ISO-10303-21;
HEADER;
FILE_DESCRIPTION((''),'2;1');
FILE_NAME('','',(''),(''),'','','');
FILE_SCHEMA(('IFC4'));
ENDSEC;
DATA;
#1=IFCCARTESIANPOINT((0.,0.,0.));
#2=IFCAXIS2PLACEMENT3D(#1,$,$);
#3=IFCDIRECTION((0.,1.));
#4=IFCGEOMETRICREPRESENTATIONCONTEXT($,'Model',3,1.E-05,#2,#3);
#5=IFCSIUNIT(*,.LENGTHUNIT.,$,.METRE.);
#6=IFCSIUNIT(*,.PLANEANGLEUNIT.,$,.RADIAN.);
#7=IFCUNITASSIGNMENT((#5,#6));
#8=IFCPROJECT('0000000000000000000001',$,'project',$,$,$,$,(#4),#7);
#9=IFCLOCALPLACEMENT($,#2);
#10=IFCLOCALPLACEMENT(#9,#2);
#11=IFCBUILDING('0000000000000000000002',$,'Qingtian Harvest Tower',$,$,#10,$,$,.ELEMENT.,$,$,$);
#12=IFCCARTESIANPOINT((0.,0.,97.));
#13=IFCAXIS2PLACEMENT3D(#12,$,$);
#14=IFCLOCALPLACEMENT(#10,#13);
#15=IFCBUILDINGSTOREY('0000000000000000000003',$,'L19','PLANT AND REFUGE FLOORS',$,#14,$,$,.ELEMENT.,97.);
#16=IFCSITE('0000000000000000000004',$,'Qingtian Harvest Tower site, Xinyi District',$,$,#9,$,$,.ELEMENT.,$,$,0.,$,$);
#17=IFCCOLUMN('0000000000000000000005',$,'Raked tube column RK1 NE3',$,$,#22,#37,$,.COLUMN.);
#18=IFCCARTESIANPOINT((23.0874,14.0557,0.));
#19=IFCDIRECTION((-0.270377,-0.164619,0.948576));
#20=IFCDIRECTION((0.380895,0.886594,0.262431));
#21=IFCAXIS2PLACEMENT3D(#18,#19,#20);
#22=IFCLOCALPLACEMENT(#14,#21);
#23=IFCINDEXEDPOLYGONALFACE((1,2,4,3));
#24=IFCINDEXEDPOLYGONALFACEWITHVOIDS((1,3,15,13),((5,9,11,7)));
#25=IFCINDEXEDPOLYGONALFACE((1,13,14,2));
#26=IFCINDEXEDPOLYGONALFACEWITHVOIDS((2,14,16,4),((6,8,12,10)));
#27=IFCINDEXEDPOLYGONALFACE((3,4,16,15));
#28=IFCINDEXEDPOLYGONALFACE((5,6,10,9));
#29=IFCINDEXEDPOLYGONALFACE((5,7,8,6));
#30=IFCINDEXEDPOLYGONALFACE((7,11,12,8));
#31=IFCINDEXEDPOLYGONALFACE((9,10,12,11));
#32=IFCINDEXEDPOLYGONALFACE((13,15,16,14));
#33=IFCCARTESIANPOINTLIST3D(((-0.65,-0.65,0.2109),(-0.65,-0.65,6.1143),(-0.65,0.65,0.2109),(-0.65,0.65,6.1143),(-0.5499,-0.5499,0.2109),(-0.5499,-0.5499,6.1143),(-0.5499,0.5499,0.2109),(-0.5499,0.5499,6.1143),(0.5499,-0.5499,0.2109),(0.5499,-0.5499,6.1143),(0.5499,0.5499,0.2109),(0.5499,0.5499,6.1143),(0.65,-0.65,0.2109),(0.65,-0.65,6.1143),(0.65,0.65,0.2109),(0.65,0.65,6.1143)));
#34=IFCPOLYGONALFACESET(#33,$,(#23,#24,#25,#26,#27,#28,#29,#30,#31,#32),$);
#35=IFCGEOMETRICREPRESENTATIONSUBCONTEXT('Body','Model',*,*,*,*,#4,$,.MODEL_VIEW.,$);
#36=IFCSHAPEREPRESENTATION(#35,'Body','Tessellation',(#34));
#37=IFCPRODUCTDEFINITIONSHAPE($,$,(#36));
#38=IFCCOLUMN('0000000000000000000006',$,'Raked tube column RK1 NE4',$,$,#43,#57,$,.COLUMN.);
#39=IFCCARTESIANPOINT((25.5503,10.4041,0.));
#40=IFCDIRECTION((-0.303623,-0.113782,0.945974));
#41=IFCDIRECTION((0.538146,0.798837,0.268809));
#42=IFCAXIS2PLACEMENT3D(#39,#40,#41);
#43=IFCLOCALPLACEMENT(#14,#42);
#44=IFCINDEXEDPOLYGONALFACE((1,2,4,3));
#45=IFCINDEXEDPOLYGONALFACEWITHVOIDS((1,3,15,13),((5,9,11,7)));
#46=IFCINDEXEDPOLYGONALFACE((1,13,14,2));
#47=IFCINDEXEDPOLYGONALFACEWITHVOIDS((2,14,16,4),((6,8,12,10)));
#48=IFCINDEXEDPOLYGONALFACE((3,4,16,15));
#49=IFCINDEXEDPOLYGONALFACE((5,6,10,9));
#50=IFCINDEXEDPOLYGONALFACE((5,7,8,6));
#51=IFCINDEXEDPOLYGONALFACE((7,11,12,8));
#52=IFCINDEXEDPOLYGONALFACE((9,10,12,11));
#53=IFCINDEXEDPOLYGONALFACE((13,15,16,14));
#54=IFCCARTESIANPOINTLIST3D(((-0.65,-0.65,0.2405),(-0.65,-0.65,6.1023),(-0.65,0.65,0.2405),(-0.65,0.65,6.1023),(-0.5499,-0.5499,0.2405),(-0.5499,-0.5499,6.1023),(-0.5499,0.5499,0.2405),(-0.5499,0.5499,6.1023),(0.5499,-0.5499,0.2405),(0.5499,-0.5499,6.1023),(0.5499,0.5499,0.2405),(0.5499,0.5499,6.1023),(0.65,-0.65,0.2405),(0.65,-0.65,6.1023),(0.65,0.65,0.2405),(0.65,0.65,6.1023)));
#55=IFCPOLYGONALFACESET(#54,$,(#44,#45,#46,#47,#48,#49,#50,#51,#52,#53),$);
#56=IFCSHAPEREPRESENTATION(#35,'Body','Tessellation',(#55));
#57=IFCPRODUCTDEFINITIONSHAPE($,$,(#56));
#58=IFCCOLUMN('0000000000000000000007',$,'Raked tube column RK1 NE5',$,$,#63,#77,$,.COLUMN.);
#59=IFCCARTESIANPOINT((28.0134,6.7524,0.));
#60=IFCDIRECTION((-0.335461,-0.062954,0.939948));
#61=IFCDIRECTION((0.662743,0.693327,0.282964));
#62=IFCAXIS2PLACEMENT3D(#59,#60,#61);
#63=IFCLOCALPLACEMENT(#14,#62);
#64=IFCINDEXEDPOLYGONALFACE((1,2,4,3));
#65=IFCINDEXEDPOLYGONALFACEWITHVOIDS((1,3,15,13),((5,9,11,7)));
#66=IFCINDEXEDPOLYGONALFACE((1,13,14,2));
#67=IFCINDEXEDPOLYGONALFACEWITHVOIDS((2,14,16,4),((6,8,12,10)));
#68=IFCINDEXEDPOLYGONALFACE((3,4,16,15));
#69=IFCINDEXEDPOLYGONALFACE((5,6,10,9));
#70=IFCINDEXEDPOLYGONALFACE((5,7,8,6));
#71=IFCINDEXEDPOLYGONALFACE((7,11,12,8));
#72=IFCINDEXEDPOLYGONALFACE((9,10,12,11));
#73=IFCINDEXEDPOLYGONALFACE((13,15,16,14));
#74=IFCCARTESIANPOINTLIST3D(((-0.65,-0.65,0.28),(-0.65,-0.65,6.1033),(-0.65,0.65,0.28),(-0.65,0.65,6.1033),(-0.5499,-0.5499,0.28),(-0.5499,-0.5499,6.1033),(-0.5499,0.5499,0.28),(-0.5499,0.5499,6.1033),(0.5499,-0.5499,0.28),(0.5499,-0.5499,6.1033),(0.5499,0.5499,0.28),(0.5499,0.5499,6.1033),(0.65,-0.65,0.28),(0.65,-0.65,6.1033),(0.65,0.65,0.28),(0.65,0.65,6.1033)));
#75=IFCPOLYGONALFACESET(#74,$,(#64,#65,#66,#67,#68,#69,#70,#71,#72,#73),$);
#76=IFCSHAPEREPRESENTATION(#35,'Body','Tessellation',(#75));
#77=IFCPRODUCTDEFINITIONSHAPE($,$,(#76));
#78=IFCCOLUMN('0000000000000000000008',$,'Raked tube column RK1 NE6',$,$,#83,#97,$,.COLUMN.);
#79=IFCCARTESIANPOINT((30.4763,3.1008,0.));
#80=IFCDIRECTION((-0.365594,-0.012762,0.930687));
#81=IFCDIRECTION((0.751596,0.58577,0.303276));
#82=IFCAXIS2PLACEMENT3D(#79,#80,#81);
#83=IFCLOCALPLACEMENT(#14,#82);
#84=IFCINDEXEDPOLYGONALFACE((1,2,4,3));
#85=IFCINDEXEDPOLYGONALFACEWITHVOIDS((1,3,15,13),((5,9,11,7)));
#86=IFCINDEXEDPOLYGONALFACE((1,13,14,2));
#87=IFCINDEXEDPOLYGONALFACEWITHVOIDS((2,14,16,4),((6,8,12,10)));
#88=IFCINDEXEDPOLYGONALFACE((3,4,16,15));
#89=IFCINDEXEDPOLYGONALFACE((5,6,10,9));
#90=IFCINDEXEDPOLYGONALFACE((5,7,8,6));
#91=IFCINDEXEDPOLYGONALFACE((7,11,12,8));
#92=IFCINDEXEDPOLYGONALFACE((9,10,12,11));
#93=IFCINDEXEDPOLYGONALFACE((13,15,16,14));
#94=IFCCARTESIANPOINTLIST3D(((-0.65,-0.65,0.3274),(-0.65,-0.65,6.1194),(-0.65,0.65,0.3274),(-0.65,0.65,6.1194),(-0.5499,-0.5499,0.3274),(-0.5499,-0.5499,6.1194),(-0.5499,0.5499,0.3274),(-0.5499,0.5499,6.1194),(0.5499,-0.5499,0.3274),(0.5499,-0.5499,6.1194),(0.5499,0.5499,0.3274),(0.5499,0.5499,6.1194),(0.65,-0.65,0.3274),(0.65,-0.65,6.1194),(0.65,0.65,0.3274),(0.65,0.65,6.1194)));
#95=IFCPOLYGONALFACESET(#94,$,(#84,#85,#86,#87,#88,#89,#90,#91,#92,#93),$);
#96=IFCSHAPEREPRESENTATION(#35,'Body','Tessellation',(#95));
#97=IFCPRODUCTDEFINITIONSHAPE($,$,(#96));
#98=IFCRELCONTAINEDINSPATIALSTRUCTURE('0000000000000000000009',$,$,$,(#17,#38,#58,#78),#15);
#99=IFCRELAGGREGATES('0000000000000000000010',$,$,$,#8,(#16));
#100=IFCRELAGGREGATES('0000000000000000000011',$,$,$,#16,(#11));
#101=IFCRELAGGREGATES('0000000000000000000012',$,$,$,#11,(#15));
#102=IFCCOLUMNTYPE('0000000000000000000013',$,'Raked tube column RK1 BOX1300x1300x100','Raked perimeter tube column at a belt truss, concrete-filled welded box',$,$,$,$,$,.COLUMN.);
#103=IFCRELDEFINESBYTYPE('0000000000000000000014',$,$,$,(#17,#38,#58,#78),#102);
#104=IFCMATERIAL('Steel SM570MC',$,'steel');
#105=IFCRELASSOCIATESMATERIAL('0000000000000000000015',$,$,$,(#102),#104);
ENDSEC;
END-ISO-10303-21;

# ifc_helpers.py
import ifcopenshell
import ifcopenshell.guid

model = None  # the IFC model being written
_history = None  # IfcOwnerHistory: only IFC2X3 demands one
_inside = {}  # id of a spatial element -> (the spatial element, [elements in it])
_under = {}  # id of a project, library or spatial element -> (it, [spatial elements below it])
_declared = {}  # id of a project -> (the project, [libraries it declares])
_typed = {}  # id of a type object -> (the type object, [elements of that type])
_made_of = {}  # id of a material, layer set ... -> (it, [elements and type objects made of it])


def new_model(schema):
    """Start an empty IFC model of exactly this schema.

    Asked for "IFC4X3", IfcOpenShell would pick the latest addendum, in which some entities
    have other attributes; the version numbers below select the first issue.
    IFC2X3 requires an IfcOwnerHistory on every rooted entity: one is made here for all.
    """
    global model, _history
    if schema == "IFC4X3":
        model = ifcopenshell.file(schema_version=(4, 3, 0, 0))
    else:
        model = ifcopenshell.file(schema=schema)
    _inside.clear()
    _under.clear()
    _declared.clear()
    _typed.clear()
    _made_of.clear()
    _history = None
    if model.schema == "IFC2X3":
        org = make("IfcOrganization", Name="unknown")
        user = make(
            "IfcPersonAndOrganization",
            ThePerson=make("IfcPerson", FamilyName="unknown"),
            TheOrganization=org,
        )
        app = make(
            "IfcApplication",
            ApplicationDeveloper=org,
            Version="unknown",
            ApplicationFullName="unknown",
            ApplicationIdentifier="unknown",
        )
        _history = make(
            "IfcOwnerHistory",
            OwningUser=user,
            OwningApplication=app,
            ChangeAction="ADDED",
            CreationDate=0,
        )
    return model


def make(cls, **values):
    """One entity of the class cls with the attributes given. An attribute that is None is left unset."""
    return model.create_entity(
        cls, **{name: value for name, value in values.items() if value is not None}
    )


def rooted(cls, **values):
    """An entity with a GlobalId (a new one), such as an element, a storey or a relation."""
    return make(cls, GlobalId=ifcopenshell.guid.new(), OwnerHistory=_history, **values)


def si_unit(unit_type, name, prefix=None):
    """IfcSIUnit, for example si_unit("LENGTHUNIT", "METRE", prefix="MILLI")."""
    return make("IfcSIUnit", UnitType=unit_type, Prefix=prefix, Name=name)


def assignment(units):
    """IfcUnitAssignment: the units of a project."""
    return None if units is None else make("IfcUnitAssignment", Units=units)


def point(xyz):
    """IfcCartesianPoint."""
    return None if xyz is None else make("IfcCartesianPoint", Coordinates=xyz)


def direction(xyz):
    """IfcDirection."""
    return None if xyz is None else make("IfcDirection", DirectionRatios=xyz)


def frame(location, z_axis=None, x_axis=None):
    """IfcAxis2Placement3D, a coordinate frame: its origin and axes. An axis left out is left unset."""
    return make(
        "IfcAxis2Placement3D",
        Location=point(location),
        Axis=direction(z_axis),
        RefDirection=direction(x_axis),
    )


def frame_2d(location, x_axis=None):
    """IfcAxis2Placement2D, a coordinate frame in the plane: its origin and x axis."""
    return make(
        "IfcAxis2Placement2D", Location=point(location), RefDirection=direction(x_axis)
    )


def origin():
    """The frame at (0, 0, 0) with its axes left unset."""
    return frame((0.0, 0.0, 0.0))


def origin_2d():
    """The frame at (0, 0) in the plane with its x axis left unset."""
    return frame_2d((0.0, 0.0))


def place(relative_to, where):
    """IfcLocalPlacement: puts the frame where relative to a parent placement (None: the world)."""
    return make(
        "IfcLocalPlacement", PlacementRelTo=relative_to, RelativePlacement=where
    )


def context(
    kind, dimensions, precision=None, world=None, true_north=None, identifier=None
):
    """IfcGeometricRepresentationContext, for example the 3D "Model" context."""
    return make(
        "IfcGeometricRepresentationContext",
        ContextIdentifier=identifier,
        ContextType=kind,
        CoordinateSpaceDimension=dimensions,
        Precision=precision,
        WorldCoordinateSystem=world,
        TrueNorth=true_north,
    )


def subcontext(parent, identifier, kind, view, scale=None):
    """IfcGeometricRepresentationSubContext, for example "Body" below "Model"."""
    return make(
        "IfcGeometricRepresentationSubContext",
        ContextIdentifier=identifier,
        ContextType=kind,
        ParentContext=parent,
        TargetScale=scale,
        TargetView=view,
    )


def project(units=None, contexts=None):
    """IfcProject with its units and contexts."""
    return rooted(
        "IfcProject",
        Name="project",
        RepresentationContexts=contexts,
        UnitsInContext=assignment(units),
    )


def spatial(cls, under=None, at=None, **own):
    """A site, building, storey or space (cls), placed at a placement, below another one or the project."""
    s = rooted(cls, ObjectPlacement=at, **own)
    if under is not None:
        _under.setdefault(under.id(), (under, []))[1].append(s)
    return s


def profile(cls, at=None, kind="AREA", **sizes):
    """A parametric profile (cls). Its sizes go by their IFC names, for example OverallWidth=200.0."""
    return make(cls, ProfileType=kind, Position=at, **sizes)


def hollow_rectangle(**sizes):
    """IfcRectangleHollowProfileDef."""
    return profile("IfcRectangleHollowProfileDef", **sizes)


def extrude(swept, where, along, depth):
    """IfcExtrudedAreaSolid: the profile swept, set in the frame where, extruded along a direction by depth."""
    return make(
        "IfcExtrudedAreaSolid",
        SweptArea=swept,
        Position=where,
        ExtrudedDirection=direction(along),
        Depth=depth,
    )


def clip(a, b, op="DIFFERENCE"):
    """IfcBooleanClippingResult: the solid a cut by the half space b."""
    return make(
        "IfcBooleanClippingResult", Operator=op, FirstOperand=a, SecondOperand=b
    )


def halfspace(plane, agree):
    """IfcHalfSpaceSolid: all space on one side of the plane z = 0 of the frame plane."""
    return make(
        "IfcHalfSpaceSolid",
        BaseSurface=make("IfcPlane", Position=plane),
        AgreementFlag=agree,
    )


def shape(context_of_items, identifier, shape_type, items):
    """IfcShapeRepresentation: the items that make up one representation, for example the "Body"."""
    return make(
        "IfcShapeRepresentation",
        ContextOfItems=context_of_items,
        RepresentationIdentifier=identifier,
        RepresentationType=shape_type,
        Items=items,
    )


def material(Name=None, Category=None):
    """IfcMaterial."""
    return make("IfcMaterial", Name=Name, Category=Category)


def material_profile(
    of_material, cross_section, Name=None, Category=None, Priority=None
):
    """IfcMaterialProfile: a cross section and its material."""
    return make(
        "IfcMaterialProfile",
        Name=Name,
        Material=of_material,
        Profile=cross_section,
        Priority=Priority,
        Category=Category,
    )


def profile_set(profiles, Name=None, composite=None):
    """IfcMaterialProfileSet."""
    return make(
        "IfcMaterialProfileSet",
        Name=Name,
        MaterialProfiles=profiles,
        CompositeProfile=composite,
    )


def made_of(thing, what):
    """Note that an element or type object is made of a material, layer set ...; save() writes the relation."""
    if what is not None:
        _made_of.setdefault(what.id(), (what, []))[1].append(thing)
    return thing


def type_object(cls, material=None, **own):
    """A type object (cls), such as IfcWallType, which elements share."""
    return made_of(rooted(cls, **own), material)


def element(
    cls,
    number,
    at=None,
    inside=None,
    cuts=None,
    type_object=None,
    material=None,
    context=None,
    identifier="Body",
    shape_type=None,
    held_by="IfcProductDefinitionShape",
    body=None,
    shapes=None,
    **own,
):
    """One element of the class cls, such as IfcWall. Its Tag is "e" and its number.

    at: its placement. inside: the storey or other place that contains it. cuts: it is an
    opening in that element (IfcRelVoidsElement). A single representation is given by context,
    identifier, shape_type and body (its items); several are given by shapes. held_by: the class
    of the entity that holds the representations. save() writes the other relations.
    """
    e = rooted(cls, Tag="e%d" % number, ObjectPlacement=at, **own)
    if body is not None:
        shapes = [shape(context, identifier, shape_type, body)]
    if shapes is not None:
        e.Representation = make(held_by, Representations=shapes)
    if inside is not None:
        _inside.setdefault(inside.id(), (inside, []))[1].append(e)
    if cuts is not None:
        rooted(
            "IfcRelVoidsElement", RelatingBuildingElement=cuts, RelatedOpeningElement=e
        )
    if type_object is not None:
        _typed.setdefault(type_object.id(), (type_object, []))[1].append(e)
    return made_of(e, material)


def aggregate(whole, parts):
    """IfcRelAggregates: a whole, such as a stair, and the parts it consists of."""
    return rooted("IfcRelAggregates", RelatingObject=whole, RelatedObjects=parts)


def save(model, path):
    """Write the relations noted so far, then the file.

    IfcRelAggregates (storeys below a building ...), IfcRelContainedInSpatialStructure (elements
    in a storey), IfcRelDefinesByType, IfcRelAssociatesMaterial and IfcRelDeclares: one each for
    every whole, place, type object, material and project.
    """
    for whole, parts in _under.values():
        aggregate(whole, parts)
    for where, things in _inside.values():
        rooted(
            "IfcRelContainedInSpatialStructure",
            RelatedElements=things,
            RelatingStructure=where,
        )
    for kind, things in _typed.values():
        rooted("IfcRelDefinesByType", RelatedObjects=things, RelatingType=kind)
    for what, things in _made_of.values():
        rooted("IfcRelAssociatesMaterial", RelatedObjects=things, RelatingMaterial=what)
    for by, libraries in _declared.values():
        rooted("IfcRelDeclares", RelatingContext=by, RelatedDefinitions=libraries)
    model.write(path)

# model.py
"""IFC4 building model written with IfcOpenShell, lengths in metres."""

from ifc_helpers import new_model, si_unit, direction, frame, origin, origin_2d, place, context, subcontext, project, spatial, hollow_rectangle, extrude, clip, halfspace, material, material_profile, profile_set, type_object, element, save


model = new_model("IFC4")

# Units and contexts
model_context = context("Model", 3, precision=1e-05, world=origin(), true_north=direction((0.0, 1.0)))
body_context = subcontext(model_context, "Body", "Model", "MODEL_VIEW")
ifc_project = project(units=[si_unit("LENGTHUNIT", "METRE"), si_unit("PLANEANGLEUNIT", "RADIAN")], contexts=[model_context])

# Site, building, storey
site_placement = place(None, origin())
site = spatial("IfcSite", under=ifc_project, at=site_placement, Name="Qingtian Harvest Tower site, Xinyi District", CompositionType="ELEMENT", RefElevation=0.0)
building_placement = place(site_placement, origin())
building = spatial("IfcBuilding", under=site, at=building_placement, Name="Qingtian Harvest Tower", CompositionType="ELEMENT")
storey_placement = place(building_placement, frame((0.0, 0.0, 97.0)))
storey = spatial("IfcBuildingStorey", under=building, at=storey_placement, Name="L19", Description="PLANT AND REFUGE FLOORS", CompositionType="ELEMENT", Elevation=97.0)

# Columns
ifc_material_1 = material(Name="Steel SM570MC", Category="steel")
ifc_material_profile_1 = material_profile(ifc_material_1, hollow_rectangle(XDim=1.3, YDim=1.3, WallThickness=0.1001, at=origin_2d()), Name="BOX1300x1300x100")
ifc_profile_set_1 = profile_set([ifc_material_profile_1], Name="Steel SM570MC")
column_type = type_object("IfcColumnType", Name="Raked tube column RK1 BOX1300x1300x100", Description="Raked perimeter tube column at a belt truss, concrete-filled welded box", PredefinedType="COLUMN", material=ifc_profile_set_1)
column_1_placement = place(storey_placement, frame((23.0874, 14.0557, 0.0), z_axis=(-0.270377, -0.164619, 0.948576), x_axis=(0.380895, 0.886594, 0.262431)))
element("IfcColumn", 1, at=column_1_placement, inside=storey, type_object=column_type, Name="Raked tube column RK1 NE3", PredefinedType="COLUMN", context=body_context, shape_type="Clipping", body=[
    clip(clip(extrude(hollow_rectangle(XDim=1.3, YDim=1.3, WallThickness=0.1001, at=origin_2d()), origin(), (0.0, 0.0, 1.0), 6.3252), halfspace(frame((0.0, 0.0, 0.2109), z_axis=(0.0, 0.0, -1.0), x_axis=(0.0, -1.0, 0.0)), False)), halfspace(frame((0.0, 0.0, 6.1143), z_axis=(0.0, 0.0, 1.0), x_axis=(0.0, 1.0, 0.0)), False)),
])
column_2_placement = place(storey_placement, frame((25.5503, 10.4041, 0.0), z_axis=(-0.303623, -0.113782, 0.945974), x_axis=(0.538146, 0.798837, 0.268809)))
element("IfcColumn", 2, at=column_2_placement, inside=storey, type_object=column_type, Name="Raked tube column RK1 NE4", PredefinedType="COLUMN", context=body_context, shape_type="Clipping", body=[
    clip(clip(extrude(hollow_rectangle(XDim=1.3, YDim=1.3, WallThickness=0.1001, at=origin_2d()), origin(), (0.0, 0.0, 1.0), 6.3428), halfspace(frame((0.0, 0.0, 0.2405), z_axis=(0.0, 0.0, -1.0), x_axis=(0.0, -1.0, 0.0)), False)), halfspace(frame((0.0, 0.0, 6.1023), z_axis=(0.0, 0.0, 1.0), x_axis=(0.0, 1.0, 0.0)), False)),
])
column_3_placement = place(storey_placement, frame((28.0134, 6.7524, 0.0), z_axis=(-0.335461, -0.062954, 0.939948), x_axis=(0.662743, 0.693327, 0.282964)))
element("IfcColumn", 3, at=column_3_placement, inside=storey, type_object=column_type, Name="Raked tube column RK1 NE5", PredefinedType="COLUMN", context=body_context, shape_type="Clipping", body=[
    clip(clip(extrude(hollow_rectangle(XDim=1.3, YDim=1.3, WallThickness=0.1001, at=origin_2d()), origin(), (0.0, 0.0, 1.0), 6.3833), halfspace(frame((0.0, 0.0, 0.28), z_axis=(0.0, 0.0, -1.0), x_axis=(0.0, -1.0, 0.0)), False)), halfspace(frame((0.0, 0.0, 6.1033), z_axis=(0.0, 0.0, 1.0), x_axis=(0.0, 1.0, 0.0)), False)),
])
column_4_placement = place(storey_placement, frame((30.4763, 3.1008, 0.0), z_axis=(-0.365594, -0.012762, 0.930687), x_axis=(0.751596, 0.58577, 0.303276)))
element("IfcColumn", 4, at=column_4_placement, inside=storey, type_object=column_type, Name="Raked tube column RK1 NE6", PredefinedType="COLUMN", context=body_context, shape_type="Clipping", body=[
    clip(clip(extrude(hollow_rectangle(XDim=1.3, YDim=1.3, WallThickness=0.1001, at=origin_2d()), origin(), (0.0, 0.0, 1.0), 6.4468), halfspace(frame((0.0, 0.0, 0.3274), z_axis=(0.0, 0.0, -1.0), x_axis=(0.0, -1.0, 0.0)), False)), halfspace(frame((0.0, 0.0, 6.1194), z_axis=(0.0, 0.0, 1.0), x_axis=(0.0, 1.0, 0.0)), False)),
])

save(model, "model.ifc")
